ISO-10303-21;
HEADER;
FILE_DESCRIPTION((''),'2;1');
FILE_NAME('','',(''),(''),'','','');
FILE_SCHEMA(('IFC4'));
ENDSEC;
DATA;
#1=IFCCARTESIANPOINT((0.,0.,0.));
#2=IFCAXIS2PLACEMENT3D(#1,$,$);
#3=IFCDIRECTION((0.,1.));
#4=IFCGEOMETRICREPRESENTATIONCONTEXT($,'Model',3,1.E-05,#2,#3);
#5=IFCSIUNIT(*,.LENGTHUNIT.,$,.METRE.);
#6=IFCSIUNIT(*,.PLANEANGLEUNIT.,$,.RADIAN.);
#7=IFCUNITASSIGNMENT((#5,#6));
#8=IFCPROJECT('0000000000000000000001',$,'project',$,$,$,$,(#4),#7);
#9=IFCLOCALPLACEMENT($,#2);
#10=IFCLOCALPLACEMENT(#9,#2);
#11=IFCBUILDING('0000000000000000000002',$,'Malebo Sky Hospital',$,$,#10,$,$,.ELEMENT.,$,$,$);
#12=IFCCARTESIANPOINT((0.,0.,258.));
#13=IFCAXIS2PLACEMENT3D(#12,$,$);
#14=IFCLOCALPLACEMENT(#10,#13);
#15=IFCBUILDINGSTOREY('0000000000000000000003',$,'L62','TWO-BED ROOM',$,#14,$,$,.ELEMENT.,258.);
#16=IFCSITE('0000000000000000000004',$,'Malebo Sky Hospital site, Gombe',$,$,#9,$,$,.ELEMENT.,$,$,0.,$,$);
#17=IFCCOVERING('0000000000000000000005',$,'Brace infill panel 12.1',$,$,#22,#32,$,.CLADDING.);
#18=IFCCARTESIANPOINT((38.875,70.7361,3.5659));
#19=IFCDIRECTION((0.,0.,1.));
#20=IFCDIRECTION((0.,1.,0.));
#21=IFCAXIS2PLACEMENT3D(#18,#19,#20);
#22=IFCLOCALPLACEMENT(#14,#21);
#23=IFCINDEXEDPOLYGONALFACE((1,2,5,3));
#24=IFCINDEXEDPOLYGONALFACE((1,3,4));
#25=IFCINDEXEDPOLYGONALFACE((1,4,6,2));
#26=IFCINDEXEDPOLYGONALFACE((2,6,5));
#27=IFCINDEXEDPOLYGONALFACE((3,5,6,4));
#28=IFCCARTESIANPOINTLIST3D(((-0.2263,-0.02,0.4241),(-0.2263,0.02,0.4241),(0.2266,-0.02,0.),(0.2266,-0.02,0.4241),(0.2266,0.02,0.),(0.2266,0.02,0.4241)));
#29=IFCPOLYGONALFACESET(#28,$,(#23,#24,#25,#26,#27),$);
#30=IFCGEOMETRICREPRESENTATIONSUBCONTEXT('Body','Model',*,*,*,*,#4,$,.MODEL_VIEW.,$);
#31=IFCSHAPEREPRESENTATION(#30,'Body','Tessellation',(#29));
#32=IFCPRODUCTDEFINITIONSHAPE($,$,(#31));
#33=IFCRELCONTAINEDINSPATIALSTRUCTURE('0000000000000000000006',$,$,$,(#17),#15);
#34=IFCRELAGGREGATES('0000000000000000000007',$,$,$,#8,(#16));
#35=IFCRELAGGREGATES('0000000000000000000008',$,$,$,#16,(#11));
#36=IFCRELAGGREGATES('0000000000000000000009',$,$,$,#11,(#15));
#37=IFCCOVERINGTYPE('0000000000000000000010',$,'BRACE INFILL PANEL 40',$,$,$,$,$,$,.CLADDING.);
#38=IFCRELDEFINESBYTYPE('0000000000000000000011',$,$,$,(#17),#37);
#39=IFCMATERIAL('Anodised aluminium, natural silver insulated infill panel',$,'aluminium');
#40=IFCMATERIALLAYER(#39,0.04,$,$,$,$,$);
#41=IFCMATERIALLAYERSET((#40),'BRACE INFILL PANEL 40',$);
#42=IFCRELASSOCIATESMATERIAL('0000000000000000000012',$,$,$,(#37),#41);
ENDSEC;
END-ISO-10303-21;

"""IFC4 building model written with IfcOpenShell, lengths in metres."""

from ifc_helpers import new_model, si_unit, direction, frame, origin, place, context, subcontext, project, spatial, polyline, outline, extrude, material, layer, layer_set, type_object, element, save


model = new_model("IFC4")

# Units and contexts
model_context = context("Model", 3, precision=1e-05, world=origin(), true_north=direction((0.0, 1.0)))
body_context = subcontext(model_context, "Body", "Model", "MODEL_VIEW")
ifc_project = project(units=[si_unit("LENGTHUNIT", "METRE"), si_unit("PLANEANGLEUNIT", "RADIAN")], contexts=[model_context])

# Site, building, storey
site_placement = place(None, origin())
site = spatial("IfcSite", under=ifc_project, at=site_placement, Name="Malebo Sky Hospital site, Gombe", CompositionType="ELEMENT", RefElevation=0.0)
building_placement = place(site_placement, origin())
building = spatial("IfcBuilding", under=site, at=building_placement, Name="Malebo Sky Hospital", CompositionType="ELEMENT")
storey_placement = place(building_placement, frame((0.0, 0.0, 258.0)))
storey = spatial("IfcBuildingStorey", under=building, at=storey_placement, Name="L62", Description="TWO-BED ROOM", CompositionType="ELEMENT", Elevation=258.0)

# Covering
ifc_material_1 = material(Name="Anodised aluminium, natural silver insulated infill panel", Category="aluminium")
ifc_layer_1 = layer(ifc_material_1, 0.04)
ifc_layer_set_1 = layer_set([ifc_layer_1], Name="BRACE INFILL PANEL 40")
covering_type = type_object("IfcCoveringType", Name="BRACE INFILL PANEL 40", PredefinedType="CLADDING", material=ifc_layer_set_1)
covering_1_placement = place(storey_placement, frame((38.875, 70.7361, 3.5659), z_axis=(0.0, 0.0, 1.0), x_axis=(0.0, 1.0, 0.0)))
element("IfcCovering", 1, at=covering_1_placement, inside=storey, type_object=covering_type, Name="Brace infill panel 12.1", PredefinedType="CLADDING", context=body_context, shape_type="SweptSolid", body=[
    extrude(outline(polyline([(0.2266, 0.0), (0.2266, 0.4241), (-0.2263, 0.4241), (0.2266, 0.0)])), frame((0.0, 0.02, 0.0), z_axis=(0.0, -1.0, 0.0), x_axis=(1.0, 0.0, 0.0)), (0.0, 0.0, 1.0), 0.04),
])

save(model, "model.ifc")
